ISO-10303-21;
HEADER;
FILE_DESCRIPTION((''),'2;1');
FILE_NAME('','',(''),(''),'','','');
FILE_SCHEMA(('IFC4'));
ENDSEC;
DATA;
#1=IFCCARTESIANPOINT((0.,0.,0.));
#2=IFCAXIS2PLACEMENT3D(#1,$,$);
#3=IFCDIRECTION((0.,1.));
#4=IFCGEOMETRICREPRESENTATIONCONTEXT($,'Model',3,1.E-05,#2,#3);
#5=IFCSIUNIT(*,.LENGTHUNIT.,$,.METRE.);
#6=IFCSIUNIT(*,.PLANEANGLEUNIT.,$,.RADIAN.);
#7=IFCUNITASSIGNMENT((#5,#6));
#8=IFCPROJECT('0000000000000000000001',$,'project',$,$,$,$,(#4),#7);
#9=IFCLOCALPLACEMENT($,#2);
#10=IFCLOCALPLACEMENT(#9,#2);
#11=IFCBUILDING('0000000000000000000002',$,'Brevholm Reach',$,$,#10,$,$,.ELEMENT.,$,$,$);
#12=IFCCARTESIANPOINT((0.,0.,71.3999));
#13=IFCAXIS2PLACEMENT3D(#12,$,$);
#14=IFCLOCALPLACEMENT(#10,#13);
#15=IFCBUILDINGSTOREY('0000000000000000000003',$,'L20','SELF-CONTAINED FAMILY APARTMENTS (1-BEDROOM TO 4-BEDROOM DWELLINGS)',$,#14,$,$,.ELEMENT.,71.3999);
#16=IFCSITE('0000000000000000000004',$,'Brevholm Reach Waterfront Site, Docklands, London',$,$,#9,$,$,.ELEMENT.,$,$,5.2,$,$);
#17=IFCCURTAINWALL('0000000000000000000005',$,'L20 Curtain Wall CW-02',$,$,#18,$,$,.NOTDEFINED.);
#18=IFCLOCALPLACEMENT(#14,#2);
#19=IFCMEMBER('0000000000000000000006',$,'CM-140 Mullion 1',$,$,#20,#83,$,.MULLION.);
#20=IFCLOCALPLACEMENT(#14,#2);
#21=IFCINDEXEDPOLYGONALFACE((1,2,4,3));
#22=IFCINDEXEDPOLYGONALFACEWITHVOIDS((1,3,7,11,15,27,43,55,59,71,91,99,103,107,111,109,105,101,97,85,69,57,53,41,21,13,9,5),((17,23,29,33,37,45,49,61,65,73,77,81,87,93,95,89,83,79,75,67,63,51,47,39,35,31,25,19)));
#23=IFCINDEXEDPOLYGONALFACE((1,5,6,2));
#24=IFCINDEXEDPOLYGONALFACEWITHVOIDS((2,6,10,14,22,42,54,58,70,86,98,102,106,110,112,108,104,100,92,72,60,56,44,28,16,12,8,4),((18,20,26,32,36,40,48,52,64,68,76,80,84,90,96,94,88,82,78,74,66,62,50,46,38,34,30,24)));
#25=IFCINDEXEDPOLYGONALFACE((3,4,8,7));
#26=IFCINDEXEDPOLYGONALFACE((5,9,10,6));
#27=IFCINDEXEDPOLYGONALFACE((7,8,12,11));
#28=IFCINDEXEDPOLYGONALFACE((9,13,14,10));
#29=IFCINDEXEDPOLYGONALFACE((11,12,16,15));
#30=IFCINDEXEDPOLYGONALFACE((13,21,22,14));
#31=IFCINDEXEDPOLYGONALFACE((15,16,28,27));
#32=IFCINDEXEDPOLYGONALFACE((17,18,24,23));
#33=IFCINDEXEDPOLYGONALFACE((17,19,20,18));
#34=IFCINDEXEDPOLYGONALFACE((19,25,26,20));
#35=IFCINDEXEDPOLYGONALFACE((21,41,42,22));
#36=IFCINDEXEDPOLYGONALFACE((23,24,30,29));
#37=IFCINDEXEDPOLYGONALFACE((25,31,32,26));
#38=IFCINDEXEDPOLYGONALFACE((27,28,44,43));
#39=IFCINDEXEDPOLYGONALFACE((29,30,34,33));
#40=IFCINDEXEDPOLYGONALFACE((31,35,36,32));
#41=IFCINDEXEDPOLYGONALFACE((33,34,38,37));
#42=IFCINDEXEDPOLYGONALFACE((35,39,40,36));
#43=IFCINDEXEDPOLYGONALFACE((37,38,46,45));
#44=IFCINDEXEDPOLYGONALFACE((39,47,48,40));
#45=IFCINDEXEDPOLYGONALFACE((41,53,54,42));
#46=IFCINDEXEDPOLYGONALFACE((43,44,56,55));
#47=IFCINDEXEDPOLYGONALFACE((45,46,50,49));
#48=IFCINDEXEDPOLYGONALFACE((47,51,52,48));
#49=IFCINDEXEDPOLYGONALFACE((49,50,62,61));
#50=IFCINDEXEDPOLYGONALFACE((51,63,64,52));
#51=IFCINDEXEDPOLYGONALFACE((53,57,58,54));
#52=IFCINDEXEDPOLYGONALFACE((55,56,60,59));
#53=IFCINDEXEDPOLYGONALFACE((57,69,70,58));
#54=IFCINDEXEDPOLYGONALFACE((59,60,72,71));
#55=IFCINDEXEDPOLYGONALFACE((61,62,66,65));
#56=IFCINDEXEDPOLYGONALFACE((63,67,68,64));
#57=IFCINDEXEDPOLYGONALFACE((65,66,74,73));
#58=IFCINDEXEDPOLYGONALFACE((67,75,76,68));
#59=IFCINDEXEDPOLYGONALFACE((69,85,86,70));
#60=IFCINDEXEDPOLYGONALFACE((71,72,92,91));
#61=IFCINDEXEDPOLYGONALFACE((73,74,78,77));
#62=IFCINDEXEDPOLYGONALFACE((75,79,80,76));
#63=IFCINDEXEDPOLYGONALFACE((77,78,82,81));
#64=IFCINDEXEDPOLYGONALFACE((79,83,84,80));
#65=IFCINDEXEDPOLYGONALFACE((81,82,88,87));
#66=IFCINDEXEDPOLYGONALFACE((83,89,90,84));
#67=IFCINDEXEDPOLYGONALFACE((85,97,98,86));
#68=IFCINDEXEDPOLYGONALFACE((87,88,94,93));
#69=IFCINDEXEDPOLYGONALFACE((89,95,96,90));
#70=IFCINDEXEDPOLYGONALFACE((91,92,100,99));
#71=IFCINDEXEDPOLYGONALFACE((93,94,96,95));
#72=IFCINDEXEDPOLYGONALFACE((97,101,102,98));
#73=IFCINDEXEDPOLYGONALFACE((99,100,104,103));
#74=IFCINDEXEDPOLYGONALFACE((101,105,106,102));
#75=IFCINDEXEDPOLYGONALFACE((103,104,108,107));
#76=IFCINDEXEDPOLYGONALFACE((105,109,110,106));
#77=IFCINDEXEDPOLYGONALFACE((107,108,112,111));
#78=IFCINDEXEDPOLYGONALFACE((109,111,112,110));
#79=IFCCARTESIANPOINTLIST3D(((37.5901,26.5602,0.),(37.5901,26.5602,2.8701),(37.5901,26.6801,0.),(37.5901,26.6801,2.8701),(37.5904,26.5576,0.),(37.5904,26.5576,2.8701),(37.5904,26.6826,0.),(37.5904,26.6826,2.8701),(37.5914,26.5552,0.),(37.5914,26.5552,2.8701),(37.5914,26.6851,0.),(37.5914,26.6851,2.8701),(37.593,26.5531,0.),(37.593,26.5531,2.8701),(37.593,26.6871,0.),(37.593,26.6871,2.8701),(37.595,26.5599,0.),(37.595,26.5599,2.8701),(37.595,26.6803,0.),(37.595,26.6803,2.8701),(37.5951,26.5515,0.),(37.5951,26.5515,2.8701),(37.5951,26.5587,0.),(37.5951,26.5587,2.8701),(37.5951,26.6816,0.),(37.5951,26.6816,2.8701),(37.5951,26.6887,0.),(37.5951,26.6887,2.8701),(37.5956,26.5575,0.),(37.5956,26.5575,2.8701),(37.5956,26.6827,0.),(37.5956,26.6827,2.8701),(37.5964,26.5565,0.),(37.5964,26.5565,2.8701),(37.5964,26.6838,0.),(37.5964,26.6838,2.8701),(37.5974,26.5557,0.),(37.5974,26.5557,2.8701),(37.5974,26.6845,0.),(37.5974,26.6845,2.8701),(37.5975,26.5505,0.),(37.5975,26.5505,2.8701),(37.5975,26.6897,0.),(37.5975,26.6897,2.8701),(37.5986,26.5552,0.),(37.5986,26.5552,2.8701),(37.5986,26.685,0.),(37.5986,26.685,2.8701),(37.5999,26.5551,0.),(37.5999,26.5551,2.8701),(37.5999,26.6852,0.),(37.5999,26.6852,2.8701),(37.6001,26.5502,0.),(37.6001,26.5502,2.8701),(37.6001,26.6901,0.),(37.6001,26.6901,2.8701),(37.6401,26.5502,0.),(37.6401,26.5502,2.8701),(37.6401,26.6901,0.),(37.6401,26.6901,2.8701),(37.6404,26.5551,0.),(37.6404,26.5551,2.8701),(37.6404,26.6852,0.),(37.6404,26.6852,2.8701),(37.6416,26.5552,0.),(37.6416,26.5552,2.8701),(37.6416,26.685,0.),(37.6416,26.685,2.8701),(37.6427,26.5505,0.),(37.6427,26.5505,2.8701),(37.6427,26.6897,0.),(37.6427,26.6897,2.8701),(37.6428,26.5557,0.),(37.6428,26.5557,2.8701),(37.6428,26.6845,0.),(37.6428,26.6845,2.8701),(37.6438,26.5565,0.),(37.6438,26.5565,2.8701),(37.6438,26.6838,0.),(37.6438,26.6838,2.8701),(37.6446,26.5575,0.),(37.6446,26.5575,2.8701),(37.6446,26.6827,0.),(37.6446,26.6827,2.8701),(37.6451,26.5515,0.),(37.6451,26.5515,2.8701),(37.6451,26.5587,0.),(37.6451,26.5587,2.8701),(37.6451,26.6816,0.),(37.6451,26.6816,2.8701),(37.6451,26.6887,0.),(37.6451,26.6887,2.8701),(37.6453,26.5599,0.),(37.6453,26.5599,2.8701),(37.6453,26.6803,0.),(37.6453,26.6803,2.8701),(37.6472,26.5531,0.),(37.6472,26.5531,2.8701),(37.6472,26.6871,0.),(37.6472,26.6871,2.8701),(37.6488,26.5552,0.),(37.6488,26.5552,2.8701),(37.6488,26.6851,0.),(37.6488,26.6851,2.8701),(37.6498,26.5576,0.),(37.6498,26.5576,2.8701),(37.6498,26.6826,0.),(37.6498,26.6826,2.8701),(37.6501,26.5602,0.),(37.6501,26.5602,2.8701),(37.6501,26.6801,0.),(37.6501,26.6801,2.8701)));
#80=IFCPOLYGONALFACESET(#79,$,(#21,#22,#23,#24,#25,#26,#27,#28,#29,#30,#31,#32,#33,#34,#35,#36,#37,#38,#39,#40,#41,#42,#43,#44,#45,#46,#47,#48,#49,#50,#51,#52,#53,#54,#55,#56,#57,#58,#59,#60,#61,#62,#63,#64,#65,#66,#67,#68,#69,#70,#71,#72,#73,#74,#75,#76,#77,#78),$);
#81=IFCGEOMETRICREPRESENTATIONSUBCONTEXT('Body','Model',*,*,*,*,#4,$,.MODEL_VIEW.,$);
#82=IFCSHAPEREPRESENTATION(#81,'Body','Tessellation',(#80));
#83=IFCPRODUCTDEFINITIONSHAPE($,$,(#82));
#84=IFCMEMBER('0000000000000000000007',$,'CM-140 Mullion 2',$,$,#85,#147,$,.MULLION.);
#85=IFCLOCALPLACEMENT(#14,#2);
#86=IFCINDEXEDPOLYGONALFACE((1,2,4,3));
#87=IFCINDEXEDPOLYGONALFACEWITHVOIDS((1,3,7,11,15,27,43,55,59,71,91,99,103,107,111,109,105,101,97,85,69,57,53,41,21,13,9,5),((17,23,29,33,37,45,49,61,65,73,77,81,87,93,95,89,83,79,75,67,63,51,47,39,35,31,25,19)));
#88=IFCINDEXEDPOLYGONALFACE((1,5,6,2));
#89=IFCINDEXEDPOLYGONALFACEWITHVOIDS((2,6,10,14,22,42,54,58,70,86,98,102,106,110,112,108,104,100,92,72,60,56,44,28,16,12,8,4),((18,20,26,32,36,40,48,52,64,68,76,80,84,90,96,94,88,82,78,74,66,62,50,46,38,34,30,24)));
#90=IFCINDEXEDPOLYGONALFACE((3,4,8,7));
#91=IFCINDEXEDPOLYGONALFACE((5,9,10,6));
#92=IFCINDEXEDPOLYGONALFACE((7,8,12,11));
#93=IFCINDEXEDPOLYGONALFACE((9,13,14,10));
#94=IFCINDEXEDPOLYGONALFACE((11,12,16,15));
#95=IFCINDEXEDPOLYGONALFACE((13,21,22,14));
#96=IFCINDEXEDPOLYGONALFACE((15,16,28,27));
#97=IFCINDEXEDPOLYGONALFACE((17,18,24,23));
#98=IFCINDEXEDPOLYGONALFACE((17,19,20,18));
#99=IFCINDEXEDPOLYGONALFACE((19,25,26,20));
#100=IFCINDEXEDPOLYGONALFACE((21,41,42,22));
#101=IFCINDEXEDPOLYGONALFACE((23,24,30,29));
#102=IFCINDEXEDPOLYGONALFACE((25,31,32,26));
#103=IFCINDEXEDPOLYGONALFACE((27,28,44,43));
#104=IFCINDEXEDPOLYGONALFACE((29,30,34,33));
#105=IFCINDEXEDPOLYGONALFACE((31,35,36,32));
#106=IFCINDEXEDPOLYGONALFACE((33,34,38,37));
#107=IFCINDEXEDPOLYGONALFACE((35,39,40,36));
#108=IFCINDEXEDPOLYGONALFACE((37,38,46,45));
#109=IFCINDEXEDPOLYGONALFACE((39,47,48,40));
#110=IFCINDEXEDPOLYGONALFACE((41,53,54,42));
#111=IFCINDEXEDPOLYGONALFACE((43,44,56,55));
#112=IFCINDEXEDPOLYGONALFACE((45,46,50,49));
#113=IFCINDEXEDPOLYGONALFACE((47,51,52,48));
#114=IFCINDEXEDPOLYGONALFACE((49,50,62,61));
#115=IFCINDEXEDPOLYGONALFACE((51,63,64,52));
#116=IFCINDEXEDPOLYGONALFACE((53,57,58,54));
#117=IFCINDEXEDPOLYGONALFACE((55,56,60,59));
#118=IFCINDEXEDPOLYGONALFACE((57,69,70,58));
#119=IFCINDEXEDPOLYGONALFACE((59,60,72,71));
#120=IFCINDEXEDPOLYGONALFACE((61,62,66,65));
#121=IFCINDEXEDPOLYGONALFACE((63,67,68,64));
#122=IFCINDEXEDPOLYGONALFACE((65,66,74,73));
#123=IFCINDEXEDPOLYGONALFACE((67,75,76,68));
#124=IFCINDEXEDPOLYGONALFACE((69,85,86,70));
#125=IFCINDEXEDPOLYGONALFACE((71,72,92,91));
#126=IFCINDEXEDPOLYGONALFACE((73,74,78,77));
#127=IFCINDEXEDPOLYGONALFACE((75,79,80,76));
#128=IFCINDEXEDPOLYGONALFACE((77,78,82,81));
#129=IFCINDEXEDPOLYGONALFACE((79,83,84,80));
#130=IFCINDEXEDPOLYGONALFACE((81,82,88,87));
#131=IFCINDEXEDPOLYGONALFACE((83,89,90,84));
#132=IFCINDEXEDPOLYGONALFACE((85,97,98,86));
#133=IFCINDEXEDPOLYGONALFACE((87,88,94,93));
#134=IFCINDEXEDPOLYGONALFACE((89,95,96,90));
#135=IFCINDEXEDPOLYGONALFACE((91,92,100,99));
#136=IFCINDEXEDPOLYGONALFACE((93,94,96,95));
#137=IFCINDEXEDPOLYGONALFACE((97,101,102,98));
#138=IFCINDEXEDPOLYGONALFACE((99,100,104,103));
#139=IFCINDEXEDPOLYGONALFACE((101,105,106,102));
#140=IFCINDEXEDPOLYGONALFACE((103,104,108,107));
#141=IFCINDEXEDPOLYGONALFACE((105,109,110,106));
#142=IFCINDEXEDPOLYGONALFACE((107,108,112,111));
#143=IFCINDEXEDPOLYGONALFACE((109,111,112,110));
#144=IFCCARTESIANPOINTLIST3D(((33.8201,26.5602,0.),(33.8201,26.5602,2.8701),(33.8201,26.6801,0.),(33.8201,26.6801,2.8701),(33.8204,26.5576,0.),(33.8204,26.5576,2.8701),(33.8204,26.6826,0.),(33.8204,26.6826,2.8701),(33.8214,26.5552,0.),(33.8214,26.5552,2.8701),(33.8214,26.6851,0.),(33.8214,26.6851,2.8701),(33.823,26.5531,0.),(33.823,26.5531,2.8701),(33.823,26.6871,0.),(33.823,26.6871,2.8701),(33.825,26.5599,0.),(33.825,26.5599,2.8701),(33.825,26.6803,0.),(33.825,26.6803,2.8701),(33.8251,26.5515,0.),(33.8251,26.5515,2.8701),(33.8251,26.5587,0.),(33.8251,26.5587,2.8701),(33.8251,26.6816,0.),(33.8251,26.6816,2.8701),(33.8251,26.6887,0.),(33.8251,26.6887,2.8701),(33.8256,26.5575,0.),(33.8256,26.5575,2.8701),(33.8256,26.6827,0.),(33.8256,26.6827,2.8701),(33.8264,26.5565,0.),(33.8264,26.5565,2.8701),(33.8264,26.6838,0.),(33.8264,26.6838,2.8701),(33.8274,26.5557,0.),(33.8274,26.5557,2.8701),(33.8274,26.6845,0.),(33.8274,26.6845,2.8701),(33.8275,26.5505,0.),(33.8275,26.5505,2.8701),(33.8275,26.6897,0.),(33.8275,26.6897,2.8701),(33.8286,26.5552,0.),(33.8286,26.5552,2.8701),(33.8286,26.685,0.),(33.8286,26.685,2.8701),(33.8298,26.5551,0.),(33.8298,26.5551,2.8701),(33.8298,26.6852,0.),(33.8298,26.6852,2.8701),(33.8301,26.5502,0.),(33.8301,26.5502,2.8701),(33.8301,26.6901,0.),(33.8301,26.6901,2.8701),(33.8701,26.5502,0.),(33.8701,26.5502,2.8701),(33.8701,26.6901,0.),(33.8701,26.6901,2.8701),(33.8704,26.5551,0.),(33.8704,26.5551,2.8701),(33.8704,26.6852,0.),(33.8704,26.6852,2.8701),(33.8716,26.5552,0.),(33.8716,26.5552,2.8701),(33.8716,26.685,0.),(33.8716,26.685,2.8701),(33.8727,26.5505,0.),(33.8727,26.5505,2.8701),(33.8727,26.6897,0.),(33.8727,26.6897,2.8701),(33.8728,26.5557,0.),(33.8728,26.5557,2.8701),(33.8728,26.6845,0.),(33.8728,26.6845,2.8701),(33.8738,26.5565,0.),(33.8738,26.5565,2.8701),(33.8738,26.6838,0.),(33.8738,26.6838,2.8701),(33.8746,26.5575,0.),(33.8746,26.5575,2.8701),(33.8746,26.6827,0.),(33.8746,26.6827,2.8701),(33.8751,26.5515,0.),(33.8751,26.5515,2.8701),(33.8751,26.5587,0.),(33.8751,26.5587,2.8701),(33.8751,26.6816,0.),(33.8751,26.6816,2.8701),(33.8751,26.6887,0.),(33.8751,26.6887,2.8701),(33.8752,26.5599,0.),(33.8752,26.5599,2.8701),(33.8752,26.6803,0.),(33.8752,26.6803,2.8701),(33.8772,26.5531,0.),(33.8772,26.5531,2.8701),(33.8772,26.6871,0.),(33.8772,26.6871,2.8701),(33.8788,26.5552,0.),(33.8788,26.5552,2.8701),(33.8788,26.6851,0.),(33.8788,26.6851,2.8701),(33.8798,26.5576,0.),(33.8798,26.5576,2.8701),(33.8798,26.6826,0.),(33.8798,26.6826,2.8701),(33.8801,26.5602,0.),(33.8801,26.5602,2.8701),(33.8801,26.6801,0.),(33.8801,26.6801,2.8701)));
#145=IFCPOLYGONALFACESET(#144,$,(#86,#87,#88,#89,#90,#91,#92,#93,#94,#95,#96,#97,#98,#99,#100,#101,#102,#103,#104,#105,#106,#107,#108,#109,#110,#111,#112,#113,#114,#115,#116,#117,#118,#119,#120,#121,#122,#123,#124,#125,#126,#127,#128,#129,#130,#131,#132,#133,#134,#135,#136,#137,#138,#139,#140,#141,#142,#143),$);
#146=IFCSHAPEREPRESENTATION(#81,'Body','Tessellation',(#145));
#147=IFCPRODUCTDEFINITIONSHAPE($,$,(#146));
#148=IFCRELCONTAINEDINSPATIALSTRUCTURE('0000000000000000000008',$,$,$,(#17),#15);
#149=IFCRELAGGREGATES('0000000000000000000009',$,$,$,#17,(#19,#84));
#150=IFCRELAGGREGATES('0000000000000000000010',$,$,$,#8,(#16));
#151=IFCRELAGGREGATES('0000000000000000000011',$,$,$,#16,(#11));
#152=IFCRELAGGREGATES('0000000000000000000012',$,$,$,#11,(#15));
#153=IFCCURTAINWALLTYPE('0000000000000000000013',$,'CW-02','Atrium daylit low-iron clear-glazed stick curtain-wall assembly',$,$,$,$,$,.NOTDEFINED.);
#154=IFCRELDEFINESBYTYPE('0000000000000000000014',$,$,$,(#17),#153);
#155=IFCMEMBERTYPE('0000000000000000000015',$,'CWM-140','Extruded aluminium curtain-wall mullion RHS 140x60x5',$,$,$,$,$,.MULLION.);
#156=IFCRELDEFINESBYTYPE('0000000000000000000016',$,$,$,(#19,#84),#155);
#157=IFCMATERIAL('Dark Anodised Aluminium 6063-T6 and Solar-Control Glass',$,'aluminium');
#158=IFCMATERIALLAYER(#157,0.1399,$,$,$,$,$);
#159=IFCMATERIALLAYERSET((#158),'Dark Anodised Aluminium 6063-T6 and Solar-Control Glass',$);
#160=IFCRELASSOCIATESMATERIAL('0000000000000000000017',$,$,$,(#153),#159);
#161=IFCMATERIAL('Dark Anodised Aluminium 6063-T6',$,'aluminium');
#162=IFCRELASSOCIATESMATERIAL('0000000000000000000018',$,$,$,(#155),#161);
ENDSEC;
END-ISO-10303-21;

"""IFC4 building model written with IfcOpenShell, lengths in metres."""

from ifc_helpers import new_model, si_unit, direction, frame, origin, origin_2d, place, context, subcontext, project, spatial, hollow_rectangle, extrude, material, layer, layer_set, material_profile, profile_set, type_object, element, aggregate, save


model = new_model("IFC4")

# Units and contexts
model_context = context("Model", 3, precision=1e-05, world=origin(), true_north=direction((0.0, 1.0)))
body_context = subcontext(model_context, "Body", "Model", "MODEL_VIEW")
ifc_project = project(units=[si_unit("LENGTHUNIT", "METRE"), si_unit("PLANEANGLEUNIT", "RADIAN")], contexts=[model_context])

# Site, building, storey
site_placement = place(None, origin())
site = spatial("IfcSite", under=ifc_project, at=site_placement, Name="Brevholm Reach Waterfront Site, Docklands, London", CompositionType="ELEMENT", RefElevation=5.2)
building_placement = place(site_placement, origin())
building = spatial("IfcBuilding", under=site, at=building_placement, Name="Brevholm Reach", CompositionType="ELEMENT")
storey_placement = place(building_placement, frame((0.0, 0.0, 71.3999)))
storey = spatial("IfcBuildingStorey", under=building, at=storey_placement, Name="L20", Description="SELF-CONTAINED FAMILY APARTMENTS (1-BEDROOM TO 4-BEDROOM DWELLINGS)", CompositionType="ELEMENT", Elevation=71.3999)

# Curtain wall, members
ifc_material_1 = material(Name="Dark Anodised Aluminium 6063-T6 and Solar-Control Glass", Category="aluminium")
ifc_layer_1 = layer(ifc_material_1, 0.1399)
ifc_layer_set_1 = layer_set([ifc_layer_1], Name="Dark Anodised Aluminium 6063-T6 and Solar-Control Glass")
curtain_wall_type_1 = type_object("IfcCurtainWallType", Name="CW-02", Description="Atrium daylit low-iron clear-glazed stick curtain-wall assembly", PredefinedType="NOTDEFINED", material=ifc_layer_set_1)
curtain_wall_1_placement = place(storey_placement, origin())
curtain_wall_1 = element("IfcCurtainWall", 1, at=curtain_wall_1_placement, inside=storey, type_object=curtain_wall_type_1, Name="L20 Curtain Wall CW-02", PredefinedType="NOTDEFINED")
ifc_material_2 = material(Name="Dark Anodised Aluminium 6063-T6", Category="aluminium")
ifc_material_profile_1 = material_profile(ifc_material_2, hollow_rectangle(XDim=0.0601, YDim=0.1399, WallThickness=0.0049, InnerFilletRadius=0.0049, OuterFilletRadius=0.01, at=origin_2d()), Name="RHS 140x60x5")
ifc_profile_set_1 = profile_set([ifc_material_profile_1], Name="Dark Anodised Aluminium 6063-T6")
member_type_1 = type_object("IfcMemberType", Name="CWM-140", Description="Extruded aluminium curtain-wall mullion RHS 140x60x5", PredefinedType="MULLION", material=ifc_profile_set_1)
member_1_placement = place(storey_placement, frame((37.6201, 26.6201, 0.0), z_axis=(0.0, 0.0, 1.0), x_axis=(-1.0, 0.0, 0.0)))
member_1 = element("IfcMember", 2, at=member_1_placement, type_object=member_type_1, Name="CM-140 Mullion 1", PredefinedType="MULLION", context=body_context, shape_type="SweptSolid", body=[
    extrude(hollow_rectangle(XDim=0.0601, YDim=0.1399, WallThickness=0.0049, InnerFilletRadius=0.0049, OuterFilletRadius=0.01, at=origin_2d()), origin(), (0.0, 0.0, 1.0), 2.8701),
])
member_2_placement = place(storey_placement, frame((33.8501, 26.6201, 0.0), z_axis=(0.0, 0.0, 1.0), x_axis=(-1.0, 0.0, 0.0)))
member_2 = element("IfcMember", 3, at=member_2_placement, type_object=member_type_1, Name="CM-140 Mullion 2", PredefinedType="MULLION", context=body_context, shape_type="SweptSolid", body=[
    extrude(hollow_rectangle(XDim=0.0601, YDim=0.1399, WallThickness=0.0049, InnerFilletRadius=0.0049, OuterFilletRadius=0.01, at=origin_2d()), origin(), (0.0, 0.0, 1.0), 2.8701),
])

aggregate(curtain_wall_1, [member_1, member_2])

save(model, "model.ifc")
